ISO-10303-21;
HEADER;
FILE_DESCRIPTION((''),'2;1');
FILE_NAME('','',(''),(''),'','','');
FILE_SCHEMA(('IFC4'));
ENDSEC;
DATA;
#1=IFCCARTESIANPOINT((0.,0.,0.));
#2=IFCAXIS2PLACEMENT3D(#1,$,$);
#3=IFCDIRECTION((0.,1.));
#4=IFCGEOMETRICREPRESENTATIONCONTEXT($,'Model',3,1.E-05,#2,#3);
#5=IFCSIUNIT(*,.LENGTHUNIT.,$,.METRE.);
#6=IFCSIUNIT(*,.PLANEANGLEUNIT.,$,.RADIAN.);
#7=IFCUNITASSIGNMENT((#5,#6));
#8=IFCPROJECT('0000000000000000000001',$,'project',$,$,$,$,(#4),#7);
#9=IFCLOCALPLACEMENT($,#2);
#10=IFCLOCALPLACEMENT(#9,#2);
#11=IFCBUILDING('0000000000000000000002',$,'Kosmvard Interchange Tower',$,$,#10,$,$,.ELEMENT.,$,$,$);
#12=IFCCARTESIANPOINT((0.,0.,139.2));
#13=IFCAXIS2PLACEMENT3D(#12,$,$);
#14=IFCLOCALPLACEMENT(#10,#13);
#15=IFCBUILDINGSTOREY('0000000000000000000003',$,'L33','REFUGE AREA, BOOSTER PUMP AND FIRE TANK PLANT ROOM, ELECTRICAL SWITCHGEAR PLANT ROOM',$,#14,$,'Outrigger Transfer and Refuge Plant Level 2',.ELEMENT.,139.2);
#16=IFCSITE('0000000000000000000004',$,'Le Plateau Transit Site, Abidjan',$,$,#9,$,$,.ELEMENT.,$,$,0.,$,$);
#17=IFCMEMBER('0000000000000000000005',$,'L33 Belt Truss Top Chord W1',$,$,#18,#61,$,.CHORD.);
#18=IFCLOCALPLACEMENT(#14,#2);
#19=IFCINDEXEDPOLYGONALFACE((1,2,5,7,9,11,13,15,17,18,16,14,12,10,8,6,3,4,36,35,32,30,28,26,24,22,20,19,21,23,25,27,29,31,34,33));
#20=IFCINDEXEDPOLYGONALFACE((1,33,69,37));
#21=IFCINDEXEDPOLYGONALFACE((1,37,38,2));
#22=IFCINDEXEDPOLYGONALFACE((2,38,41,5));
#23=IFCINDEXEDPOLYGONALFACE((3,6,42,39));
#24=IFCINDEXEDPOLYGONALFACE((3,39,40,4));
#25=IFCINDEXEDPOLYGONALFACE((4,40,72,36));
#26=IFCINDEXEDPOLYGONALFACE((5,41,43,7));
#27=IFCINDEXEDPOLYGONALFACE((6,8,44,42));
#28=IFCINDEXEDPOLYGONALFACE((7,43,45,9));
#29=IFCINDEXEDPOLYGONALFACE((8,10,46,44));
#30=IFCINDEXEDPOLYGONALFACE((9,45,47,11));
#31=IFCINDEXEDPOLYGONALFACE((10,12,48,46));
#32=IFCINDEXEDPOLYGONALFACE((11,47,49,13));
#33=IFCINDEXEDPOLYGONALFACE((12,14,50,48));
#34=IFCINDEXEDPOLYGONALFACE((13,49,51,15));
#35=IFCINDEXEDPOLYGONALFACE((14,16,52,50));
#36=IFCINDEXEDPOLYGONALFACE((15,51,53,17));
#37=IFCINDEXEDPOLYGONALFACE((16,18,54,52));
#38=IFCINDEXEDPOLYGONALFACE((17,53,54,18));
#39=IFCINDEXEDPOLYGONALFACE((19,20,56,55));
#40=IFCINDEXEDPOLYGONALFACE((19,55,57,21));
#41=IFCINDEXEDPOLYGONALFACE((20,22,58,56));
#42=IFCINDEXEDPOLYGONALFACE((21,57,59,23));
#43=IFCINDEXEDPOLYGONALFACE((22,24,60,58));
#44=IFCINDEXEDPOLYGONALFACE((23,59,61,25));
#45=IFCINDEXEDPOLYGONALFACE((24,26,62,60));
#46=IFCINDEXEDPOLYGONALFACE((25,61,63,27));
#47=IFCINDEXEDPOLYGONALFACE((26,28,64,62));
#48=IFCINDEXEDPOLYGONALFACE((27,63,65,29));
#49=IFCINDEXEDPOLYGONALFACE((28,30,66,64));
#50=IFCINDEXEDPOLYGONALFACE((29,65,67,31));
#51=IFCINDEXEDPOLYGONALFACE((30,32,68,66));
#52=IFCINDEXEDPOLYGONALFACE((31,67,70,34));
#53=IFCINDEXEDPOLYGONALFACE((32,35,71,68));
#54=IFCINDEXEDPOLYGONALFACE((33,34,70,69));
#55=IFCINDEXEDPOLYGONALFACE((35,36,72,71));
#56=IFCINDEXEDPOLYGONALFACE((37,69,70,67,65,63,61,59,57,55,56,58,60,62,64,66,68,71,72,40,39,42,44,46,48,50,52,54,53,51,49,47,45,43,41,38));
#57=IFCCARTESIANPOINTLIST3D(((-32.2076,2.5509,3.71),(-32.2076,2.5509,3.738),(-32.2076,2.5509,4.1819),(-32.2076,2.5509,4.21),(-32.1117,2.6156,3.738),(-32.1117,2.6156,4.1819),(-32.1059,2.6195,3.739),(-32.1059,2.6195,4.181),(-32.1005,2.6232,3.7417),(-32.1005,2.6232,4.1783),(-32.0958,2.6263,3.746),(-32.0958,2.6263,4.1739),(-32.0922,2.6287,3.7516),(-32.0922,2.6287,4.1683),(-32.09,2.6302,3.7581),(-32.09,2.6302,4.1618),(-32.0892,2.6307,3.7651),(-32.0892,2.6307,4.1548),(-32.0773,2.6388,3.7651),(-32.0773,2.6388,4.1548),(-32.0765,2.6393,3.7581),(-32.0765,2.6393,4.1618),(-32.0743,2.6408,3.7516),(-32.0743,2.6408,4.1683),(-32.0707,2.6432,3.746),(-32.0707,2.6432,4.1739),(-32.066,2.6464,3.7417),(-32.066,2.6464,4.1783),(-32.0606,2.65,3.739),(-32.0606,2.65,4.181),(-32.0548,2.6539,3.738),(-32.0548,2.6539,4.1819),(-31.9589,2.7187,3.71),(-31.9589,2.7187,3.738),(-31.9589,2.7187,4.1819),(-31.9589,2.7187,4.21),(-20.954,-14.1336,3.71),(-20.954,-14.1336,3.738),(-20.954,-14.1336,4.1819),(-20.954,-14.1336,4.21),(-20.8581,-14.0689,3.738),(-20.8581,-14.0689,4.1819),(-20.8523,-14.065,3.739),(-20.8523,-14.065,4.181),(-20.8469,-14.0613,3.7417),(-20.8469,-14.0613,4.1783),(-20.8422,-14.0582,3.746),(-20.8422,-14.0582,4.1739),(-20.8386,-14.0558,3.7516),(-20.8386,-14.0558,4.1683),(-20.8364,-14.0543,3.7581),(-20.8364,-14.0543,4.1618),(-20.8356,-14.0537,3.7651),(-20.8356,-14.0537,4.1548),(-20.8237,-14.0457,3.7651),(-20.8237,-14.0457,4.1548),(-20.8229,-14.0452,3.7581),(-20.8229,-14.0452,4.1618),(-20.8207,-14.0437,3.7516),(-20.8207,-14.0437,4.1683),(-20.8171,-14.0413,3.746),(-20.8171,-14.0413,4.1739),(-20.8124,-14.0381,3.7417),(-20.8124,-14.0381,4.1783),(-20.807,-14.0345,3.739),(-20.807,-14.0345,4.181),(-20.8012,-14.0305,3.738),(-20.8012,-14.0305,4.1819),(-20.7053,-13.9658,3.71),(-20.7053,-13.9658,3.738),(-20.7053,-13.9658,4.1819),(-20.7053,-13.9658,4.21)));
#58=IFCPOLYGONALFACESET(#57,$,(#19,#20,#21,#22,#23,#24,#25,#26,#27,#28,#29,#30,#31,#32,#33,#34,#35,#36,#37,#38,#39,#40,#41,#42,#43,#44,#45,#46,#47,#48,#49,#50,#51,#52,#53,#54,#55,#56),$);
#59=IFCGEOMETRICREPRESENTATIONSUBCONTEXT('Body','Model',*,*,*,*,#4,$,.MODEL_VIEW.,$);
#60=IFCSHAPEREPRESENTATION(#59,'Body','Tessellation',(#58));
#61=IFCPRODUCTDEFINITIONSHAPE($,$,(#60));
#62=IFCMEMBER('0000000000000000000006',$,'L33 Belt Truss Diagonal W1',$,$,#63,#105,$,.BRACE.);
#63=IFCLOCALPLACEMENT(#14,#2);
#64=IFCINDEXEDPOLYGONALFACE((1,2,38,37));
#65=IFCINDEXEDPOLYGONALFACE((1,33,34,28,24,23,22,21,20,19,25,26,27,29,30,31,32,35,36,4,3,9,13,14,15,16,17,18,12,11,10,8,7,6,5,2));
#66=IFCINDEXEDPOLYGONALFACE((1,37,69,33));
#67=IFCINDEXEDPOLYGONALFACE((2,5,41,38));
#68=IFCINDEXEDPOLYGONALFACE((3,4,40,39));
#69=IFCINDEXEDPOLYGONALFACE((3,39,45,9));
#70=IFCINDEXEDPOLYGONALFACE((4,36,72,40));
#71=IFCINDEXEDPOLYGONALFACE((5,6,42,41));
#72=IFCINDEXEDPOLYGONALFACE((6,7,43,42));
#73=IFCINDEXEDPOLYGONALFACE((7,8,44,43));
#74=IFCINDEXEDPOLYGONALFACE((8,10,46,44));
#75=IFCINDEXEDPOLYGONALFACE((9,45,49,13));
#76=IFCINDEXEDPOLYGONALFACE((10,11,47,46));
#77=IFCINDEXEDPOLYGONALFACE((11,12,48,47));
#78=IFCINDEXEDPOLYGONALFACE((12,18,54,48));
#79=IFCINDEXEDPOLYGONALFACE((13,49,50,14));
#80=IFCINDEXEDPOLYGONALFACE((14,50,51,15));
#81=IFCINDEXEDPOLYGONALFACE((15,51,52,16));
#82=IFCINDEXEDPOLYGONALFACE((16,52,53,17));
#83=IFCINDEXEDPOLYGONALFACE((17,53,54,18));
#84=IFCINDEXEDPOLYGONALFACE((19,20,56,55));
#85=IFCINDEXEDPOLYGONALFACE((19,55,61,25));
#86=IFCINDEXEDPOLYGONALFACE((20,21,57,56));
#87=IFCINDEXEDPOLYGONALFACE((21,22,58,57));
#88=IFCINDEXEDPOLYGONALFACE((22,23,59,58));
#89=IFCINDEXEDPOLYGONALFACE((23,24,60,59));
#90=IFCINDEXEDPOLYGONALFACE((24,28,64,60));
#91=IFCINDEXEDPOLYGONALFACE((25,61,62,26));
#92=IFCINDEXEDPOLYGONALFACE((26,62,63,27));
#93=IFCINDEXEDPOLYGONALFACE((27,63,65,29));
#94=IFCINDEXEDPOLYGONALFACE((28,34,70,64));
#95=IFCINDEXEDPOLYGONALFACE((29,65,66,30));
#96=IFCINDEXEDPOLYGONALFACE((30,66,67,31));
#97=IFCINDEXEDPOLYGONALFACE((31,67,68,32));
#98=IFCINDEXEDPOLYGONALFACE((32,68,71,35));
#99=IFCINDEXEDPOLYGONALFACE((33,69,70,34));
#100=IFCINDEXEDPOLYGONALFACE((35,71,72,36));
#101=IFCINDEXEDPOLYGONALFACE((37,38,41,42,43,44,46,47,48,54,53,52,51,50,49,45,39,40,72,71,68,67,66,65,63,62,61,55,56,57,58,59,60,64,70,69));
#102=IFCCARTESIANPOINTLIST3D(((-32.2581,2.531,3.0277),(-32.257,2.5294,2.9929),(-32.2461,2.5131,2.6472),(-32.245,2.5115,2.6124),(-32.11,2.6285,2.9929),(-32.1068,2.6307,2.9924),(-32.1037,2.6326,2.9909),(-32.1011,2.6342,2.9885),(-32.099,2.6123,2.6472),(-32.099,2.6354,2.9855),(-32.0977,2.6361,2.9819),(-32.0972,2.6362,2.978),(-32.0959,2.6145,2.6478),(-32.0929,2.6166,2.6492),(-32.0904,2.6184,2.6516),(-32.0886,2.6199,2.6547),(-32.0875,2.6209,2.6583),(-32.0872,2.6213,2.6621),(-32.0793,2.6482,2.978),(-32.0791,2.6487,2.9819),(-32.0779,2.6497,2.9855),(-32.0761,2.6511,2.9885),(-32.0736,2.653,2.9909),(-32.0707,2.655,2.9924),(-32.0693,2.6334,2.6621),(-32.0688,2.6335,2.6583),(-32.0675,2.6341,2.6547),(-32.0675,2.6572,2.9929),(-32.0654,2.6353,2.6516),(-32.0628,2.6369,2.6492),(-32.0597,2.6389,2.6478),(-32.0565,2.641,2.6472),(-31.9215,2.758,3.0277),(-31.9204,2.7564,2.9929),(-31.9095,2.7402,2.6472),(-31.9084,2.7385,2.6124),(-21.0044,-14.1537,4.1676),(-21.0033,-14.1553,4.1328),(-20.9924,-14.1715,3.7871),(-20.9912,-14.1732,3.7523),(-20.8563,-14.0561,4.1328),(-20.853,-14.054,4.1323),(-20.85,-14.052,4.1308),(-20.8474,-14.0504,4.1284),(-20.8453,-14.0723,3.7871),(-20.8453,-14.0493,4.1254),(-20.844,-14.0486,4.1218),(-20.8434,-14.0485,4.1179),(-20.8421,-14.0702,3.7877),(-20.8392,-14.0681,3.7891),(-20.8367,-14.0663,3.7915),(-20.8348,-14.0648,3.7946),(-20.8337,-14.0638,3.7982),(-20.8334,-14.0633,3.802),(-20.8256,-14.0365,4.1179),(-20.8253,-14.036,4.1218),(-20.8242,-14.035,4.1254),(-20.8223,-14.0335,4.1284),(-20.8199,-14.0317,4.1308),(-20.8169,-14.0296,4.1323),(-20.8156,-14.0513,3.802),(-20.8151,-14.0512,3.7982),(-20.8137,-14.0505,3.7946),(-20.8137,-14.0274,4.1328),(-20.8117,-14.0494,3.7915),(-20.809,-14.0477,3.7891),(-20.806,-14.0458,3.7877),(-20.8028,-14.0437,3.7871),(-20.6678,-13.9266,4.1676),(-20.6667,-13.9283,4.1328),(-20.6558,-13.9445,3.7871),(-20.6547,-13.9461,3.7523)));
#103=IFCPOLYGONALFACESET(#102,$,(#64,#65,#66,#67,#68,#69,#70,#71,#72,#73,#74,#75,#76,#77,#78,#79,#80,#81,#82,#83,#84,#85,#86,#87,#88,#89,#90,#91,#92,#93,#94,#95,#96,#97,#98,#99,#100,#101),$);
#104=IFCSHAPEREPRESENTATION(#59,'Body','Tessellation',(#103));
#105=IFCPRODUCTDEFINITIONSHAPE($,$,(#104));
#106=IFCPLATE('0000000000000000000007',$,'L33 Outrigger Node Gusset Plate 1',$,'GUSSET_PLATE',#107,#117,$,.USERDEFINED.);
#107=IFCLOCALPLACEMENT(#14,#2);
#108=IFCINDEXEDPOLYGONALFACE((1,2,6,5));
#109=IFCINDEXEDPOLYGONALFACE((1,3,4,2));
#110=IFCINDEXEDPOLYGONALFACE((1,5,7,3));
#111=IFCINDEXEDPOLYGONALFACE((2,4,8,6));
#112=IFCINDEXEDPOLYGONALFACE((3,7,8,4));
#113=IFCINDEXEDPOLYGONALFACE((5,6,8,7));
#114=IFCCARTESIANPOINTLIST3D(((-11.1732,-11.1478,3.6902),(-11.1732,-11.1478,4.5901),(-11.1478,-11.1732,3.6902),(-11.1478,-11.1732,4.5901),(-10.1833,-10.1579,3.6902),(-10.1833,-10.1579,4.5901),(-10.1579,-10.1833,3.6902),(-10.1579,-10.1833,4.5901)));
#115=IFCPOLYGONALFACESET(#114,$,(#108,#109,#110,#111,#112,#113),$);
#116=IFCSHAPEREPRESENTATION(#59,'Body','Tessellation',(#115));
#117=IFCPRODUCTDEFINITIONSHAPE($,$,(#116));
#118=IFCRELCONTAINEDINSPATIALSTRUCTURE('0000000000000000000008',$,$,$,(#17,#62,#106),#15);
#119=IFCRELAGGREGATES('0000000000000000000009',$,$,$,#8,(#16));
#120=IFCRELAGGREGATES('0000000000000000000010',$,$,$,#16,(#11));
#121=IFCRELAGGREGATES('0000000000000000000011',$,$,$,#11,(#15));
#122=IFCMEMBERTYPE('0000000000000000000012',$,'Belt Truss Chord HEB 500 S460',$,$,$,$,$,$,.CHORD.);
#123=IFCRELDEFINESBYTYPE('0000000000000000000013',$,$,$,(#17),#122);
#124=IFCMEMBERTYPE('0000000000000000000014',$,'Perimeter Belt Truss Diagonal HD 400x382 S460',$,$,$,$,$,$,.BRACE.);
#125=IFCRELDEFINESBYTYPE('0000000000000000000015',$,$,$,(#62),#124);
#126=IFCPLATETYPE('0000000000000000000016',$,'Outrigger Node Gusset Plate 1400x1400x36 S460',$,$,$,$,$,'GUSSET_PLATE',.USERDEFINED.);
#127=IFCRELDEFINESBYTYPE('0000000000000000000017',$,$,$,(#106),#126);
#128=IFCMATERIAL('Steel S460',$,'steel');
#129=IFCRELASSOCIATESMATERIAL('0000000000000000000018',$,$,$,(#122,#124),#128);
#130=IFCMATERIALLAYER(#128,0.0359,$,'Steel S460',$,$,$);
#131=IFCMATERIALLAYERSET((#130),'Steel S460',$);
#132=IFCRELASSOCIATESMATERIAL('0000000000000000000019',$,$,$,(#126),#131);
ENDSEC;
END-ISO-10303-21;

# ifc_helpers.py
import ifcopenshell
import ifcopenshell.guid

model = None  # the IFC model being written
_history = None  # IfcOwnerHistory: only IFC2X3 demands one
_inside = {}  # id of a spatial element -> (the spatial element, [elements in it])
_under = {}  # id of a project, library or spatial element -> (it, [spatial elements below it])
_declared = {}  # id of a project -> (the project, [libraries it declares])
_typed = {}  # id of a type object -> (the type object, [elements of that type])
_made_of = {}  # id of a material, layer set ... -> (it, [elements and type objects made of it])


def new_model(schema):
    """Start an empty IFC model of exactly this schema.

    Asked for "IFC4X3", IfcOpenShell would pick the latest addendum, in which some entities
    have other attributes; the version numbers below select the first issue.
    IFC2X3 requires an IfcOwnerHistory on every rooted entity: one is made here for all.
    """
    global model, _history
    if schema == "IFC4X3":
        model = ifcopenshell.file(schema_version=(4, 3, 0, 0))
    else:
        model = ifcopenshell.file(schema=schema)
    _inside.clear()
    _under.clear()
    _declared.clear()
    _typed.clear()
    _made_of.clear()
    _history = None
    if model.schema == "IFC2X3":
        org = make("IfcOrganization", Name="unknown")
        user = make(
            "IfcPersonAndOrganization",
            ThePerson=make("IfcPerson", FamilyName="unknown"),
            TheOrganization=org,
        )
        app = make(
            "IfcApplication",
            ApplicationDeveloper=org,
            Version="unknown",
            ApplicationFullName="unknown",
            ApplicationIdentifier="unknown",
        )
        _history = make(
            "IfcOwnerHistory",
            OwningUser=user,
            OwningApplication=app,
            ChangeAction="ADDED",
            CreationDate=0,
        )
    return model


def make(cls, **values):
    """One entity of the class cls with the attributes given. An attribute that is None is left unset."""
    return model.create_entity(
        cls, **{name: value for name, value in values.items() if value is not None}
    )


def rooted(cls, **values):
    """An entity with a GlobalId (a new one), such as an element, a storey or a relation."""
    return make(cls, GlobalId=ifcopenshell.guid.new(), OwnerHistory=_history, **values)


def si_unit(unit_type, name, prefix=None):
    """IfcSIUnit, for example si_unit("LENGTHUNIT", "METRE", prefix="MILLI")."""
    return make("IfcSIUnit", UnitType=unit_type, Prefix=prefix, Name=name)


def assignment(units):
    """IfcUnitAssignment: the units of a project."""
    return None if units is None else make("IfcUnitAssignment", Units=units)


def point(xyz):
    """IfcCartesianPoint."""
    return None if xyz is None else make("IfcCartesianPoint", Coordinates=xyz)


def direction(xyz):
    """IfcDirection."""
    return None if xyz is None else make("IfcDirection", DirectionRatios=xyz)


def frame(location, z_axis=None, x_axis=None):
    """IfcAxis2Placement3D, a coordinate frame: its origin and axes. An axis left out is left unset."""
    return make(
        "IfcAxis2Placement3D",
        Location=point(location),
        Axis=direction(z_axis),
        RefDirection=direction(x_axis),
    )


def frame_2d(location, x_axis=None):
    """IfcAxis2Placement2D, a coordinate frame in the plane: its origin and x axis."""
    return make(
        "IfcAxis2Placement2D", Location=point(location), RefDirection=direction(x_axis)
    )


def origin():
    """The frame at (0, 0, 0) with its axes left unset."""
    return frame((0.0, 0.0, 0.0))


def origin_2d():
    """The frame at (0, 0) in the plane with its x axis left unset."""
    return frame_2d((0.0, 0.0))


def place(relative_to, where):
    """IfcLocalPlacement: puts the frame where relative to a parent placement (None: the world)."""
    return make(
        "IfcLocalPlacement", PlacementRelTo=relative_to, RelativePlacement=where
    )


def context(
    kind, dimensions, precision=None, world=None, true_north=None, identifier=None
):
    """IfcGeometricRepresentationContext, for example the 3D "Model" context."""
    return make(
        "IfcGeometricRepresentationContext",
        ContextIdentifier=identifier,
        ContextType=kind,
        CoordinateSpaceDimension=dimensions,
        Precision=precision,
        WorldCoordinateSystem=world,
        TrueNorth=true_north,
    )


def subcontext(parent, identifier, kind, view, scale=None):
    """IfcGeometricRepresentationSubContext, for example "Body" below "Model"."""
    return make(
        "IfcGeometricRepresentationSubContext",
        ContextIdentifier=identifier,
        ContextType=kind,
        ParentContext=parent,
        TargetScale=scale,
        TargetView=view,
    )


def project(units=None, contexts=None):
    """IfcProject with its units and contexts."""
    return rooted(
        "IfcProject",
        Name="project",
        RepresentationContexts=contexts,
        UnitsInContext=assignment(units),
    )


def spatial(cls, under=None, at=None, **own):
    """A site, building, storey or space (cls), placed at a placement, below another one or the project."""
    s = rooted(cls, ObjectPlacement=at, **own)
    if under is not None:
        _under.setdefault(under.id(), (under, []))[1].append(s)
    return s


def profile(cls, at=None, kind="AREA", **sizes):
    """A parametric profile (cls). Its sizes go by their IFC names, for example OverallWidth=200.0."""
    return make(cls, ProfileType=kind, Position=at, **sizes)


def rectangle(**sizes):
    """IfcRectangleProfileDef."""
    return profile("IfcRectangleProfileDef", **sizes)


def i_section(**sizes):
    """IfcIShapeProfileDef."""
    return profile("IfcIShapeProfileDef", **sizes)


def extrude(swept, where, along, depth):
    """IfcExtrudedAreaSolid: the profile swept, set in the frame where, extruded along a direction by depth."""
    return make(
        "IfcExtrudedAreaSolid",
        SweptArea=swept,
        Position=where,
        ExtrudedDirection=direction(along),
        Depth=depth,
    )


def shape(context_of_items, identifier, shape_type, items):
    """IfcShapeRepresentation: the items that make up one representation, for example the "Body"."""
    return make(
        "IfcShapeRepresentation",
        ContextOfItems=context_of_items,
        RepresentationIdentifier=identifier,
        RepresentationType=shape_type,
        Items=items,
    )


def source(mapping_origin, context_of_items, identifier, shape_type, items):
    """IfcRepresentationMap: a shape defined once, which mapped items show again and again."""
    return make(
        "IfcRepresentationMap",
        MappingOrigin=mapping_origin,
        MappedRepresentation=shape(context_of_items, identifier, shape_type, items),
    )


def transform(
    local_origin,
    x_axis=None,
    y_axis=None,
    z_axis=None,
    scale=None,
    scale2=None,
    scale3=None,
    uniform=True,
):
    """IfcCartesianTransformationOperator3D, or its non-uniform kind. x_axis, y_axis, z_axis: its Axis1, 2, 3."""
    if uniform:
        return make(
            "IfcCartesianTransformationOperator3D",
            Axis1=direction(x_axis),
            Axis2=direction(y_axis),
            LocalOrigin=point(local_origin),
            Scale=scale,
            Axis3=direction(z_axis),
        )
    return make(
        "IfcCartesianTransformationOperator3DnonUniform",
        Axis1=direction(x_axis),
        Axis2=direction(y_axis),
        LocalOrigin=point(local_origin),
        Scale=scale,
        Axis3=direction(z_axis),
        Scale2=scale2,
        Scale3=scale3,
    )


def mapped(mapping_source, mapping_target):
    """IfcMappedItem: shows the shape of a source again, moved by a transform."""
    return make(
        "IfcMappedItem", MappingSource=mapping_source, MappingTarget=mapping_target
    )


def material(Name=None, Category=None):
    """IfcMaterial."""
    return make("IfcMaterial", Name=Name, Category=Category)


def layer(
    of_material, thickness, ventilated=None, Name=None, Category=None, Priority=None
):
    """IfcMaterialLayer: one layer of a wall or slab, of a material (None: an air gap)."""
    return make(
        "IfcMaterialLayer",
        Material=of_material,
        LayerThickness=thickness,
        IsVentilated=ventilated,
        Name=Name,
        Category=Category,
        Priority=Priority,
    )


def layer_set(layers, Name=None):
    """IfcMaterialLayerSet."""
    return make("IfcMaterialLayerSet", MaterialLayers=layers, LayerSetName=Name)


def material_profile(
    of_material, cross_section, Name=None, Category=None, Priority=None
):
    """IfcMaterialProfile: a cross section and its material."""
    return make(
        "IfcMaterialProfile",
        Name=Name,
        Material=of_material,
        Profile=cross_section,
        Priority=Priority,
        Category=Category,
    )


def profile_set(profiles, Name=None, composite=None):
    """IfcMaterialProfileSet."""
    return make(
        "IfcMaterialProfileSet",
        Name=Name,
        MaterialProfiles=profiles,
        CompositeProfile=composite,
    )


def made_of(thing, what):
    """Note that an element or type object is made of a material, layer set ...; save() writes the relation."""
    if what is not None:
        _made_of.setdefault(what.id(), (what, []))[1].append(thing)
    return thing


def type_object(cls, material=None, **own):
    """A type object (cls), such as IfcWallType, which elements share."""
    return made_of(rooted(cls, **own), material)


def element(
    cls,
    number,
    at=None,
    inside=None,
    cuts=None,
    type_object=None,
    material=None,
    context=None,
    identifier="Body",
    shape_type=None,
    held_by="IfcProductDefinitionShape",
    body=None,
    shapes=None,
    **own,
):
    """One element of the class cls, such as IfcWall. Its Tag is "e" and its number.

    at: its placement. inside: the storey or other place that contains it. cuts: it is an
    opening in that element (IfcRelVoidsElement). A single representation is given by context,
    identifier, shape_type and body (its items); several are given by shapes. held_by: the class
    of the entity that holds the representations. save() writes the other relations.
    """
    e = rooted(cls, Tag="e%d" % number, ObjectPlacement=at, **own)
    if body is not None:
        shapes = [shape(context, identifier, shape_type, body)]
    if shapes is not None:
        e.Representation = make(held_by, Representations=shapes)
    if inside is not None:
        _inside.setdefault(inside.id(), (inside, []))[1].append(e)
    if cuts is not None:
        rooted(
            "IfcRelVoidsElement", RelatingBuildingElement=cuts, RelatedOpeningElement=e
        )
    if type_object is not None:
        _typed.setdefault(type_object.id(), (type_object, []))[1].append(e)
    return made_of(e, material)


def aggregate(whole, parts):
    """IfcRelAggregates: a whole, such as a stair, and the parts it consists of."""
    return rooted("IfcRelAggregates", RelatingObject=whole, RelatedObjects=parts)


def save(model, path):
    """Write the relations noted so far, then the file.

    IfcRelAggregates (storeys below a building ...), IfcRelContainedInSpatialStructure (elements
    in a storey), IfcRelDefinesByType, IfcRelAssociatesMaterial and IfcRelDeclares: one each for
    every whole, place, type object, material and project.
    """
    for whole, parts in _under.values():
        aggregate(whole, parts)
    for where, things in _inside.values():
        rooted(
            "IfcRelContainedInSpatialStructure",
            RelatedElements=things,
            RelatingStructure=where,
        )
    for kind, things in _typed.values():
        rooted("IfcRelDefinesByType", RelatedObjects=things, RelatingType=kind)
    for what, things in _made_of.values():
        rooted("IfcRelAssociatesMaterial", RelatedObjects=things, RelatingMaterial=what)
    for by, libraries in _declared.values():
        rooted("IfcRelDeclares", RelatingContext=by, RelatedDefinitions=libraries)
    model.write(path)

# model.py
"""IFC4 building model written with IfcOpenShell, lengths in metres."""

from ifc_helpers import new_model, si_unit, direction, frame, origin, origin_2d, place, context, subcontext, project, spatial, rectangle, i_section, extrude, source, transform, mapped, material, layer, layer_set, material_profile, profile_set, type_object, element, save


model = new_model("IFC4")

# Units and contexts
model_context = context("Model", 3, precision=1e-05, world=origin(), true_north=direction((0.0, 1.0)))
body_context = subcontext(model_context, "Body", "Model", "MODEL_VIEW")
ifc_project = project(units=[si_unit("LENGTHUNIT", "METRE"), si_unit("PLANEANGLEUNIT", "RADIAN")], contexts=[model_context])

# Site, building, storey
site_placement = place(None, origin())
site = spatial("IfcSite", under=ifc_project, at=site_placement, Name="Le Plateau Transit Site, Abidjan", CompositionType="ELEMENT", RefElevation=0.0)
building_placement = place(site_placement, origin())
building = spatial("IfcBuilding", under=site, at=building_placement, Name="Kosmvard Interchange Tower", CompositionType="ELEMENT")
storey_placement = place(building_placement, frame((0.0, 0.0, 139.2)))
storey = spatial("IfcBuildingStorey", under=building, at=storey_placement, Name="L33", Description="REFUGE AREA, BOOSTER PUMP AND FIRE TANK PLANT ROOM, ELECTRICAL SWITCHGEAR PLANT ROOM", LongName="Outrigger Transfer and Refuge Plant Level 2", CompositionType="ELEMENT", Elevation=139.2)

# Shared definitions
ifc_material_1 = material(Name="Steel S460", Category="steel")

# Members
ifc_material_profile_1 = material_profile(ifc_material_1, i_section(OverallWidth=0.3, OverallDepth=0.5, WebThickness=0.0144, FlangeThickness=0.0281, FilletRadius=0.0271, at=origin_2d()), Name="HEB 500")
ifc_profile_set_1 = profile_set([ifc_material_profile_1], Name="Steel S460")
member_type_1 = type_object("IfcMemberType", Name="Belt Truss Chord HEB 500 S460", PredefinedType="CHORD", material=ifc_profile_set_1)
shared_shape_1 = source(origin(), body_context, "Body", "SweptSolid", [
    extrude(i_section(OverallWidth=0.3, OverallDepth=0.5, WebThickness=0.0144, FlangeThickness=0.0281, FilletRadius=0.0271, at=origin_2d()), origin(), (0.0, 0.0, 1.0), 20.125),
])
for number, where, z_axis, x_axis, name in (
    (1, (-32.0833, 2.6348, 3.96), (0.559185, -0.829043, 0.0), (0.829043, 0.559185, 0.0), "L33 Belt Truss Top Chord W1"),
):
    element("IfcMember", number, at=place(storey_placement, frame(where, z_axis=z_axis, x_axis=x_axis)), inside=storey, type_object=member_type_1, Name=name, PredefinedType="CHORD", context=body_context, shape_type="MappedRepresentation", body=[
        mapped(shared_shape_1, transform((0.0, 0.0, 0.0), scale=1.0)),
    ])
ifc_material_profile_2 = material_profile(ifc_material_1, i_section(OverallWidth=0.406, OverallDepth=0.416, WebThickness=0.0215, FlangeThickness=0.0349, FilletRadius=0.0149, at=origin_2d()), Name="HD 400x382")
ifc_profile_set_2 = profile_set([ifc_material_profile_2], Name="Steel S460")
member_type_2 = type_object("IfcMemberType", Name="Perimeter Belt Truss Diagonal HD 400x382 S460", PredefinedType="BRACE", material=ifc_profile_set_2)
shared_shape_2 = source(origin(), body_context, "Body", "SweptSolid", [
    extrude(i_section(OverallWidth=0.406, OverallDepth=0.416, WebThickness=0.0215, FlangeThickness=0.0349, FilletRadius=0.0149, at=origin_2d()), origin(), (0.0, 0.0, 1.0), 20.1575),
])
member_1_placement = place(storey_placement, frame((-32.0833, 2.6348, 2.8201), z_axis=(0.55829, -0.827716, 0.05655), x_axis=(0.829043, 0.559185, 0.0)))
element("IfcMember", 2, at=member_1_placement, inside=storey, type_object=member_type_2, Name="L33 Belt Truss Diagonal W1", PredefinedType="BRACE", context=body_context, shape_type="MappedRepresentation", body=[
    mapped(shared_shape_2, transform((0.0, 0.0, 0.0), scale=1.0)),
])

# Plate
ifc_layer_1 = layer(ifc_material_1, 0.0359, Name="Steel S460")
ifc_layer_set_1 = layer_set([ifc_layer_1], Name="Steel S460")
plate_type = type_object("IfcPlateType", Name="Outrigger Node Gusset Plate 1400x1400x36 S460", ElementType="GUSSET_PLATE", PredefinedType="USERDEFINED", material=ifc_layer_set_1)
shared_shape_3 = source(origin(), body_context, "Body", "SweptSolid", [
    extrude(rectangle(XDim=1.3999, YDim=0.0359, at=origin_2d()), origin(), (0.0, 0.0, 1.0), 0.8999),
])
plate_placement = place(storey_placement, frame((-10.6655, -10.6655, 3.6902), z_axis=(0.0, 0.0, 1.0), x_axis=(0.707107, 0.707107, 0.0)))
element("IfcPlate", 3, at=plate_placement, inside=storey, type_object=plate_type, Name="L33 Outrigger Node Gusset Plate 1", ObjectType="GUSSET_PLATE", PredefinedType="USERDEFINED", context=body_context, shape_type="MappedRepresentation", body=[
    mapped(shared_shape_3, transform((0.0, 0.0, 0.0), scale=1.0)),
])

save(model, "model.ifc")
